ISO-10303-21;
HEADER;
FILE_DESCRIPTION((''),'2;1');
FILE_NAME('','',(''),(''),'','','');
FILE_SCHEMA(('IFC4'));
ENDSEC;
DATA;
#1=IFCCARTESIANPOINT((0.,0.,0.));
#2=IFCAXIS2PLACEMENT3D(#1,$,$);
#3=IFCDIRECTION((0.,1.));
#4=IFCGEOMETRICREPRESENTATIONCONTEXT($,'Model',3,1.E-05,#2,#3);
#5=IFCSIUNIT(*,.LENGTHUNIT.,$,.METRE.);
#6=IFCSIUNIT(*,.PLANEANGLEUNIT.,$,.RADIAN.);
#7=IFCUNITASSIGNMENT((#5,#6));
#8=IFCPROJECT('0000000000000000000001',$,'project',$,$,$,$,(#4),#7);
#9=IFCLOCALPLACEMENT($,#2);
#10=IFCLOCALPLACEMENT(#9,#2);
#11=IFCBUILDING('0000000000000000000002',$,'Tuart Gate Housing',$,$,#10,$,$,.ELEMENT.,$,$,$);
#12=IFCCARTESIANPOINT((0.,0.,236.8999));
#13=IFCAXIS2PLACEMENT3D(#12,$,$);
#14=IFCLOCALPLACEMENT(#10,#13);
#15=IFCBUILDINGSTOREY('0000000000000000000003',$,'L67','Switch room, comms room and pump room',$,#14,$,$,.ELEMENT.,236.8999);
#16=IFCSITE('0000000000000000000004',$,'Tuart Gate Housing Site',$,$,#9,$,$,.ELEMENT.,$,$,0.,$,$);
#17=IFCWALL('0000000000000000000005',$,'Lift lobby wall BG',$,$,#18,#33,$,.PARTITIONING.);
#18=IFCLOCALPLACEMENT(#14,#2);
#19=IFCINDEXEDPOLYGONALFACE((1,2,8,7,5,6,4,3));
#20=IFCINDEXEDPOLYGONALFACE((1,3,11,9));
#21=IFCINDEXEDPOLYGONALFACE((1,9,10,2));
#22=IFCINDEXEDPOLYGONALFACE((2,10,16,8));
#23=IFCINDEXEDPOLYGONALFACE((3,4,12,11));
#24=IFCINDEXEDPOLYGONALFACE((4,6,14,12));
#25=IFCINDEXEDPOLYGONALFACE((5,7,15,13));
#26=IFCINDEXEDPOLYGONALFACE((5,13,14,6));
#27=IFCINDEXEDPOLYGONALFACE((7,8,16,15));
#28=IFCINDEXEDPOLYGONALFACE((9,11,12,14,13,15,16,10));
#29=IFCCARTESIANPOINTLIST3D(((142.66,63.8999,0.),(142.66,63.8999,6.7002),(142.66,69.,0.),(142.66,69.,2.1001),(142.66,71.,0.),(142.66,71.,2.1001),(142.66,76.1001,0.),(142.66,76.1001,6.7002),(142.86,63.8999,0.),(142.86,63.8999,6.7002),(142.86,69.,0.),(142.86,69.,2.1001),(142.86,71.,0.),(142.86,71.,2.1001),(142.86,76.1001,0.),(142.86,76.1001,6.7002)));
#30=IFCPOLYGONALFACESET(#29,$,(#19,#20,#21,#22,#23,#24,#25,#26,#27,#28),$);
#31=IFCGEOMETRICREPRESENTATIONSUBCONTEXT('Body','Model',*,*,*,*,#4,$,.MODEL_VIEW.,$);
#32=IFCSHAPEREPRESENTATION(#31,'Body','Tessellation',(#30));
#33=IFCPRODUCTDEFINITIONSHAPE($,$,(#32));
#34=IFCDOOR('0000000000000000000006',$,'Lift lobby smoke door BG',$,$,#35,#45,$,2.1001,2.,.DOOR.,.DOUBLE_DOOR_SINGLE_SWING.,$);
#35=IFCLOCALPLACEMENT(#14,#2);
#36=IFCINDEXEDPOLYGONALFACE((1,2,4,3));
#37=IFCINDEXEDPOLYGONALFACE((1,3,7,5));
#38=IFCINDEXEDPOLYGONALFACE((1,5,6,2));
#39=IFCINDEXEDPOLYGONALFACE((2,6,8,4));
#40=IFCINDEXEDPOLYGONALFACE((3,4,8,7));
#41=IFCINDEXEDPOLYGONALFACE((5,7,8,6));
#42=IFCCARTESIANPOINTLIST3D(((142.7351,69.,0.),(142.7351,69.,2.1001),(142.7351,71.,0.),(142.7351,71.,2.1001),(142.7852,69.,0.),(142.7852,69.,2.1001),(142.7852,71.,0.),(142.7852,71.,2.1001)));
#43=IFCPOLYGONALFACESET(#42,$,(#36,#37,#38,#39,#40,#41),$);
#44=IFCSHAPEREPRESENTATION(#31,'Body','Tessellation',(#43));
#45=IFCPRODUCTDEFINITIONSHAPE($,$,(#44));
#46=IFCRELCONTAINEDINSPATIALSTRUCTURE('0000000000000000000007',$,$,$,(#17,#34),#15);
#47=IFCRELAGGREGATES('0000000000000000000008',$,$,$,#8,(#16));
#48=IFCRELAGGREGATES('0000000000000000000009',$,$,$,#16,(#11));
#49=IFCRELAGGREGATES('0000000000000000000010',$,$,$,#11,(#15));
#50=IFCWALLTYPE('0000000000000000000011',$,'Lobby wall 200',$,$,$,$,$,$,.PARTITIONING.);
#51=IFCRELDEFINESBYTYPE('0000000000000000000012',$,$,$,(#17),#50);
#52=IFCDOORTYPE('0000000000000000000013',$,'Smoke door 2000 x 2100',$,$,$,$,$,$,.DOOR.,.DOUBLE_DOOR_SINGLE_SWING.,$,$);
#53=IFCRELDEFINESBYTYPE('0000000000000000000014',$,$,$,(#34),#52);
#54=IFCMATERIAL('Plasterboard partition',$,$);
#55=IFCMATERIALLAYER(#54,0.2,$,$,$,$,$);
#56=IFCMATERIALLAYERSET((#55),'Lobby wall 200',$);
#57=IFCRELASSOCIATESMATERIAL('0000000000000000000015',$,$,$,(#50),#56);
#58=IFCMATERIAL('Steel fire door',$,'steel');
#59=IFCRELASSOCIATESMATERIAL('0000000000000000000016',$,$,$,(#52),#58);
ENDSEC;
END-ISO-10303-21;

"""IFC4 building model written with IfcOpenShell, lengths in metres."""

from ifc_helpers import new_model, si_unit, direction, frame, frame_2d, origin, place, context, subcontext, project, spatial, rectangle, extrude, material, layer, layer_set, type_object, element, fill, save


model = new_model("IFC4")

# Units and contexts
model_context = context("Model", 3, precision=1e-05, world=origin(), true_north=direction((0.0, 1.0)))
body_context = subcontext(model_context, "Body", "Model", "MODEL_VIEW")
ifc_project = project(units=[si_unit("LENGTHUNIT", "METRE"), si_unit("PLANEANGLEUNIT", "RADIAN")], contexts=[model_context])

# Site, building, storey
site_placement = place(None, origin())
site = spatial("IfcSite", under=ifc_project, at=site_placement, Name="Tuart Gate Housing Site", CompositionType="ELEMENT", RefElevation=0.0)
building_placement = place(site_placement, origin())
building = spatial("IfcBuilding", under=site, at=building_placement, Name="Tuart Gate Housing", CompositionType="ELEMENT")
storey_placement = place(building_placement, frame((0.0, 0.0, 236.8999)))
storey = spatial("IfcBuildingStorey", under=building, at=storey_placement, Name="L67", Description="Switch room, comms room and pump room", CompositionType="ELEMENT", Elevation=236.8999)

# Wall, opening, door
ifc_material_1 = material(Name="Plasterboard partition")
ifc_layer_1 = layer(ifc_material_1, 0.2)
ifc_layer_set_1 = layer_set([ifc_layer_1], Name="Lobby wall 200")
wall_type_1 = type_object("IfcWallType", Name="Lobby wall 200", PredefinedType="PARTITIONING", material=ifc_layer_set_1)
wall_1_placement = place(storey_placement, frame((142.76, 63.8999, 0.0), z_axis=(0.0, 0.0, 1.0), x_axis=(0.0, 1.0, 0.0)))
wall_1 = element("IfcWall", 1, at=wall_1_placement, inside=storey, type_object=wall_type_1, Name="Lift lobby wall BG", PredefinedType="PARTITIONING", context=body_context, shape_type="SweptSolid", body=[
    extrude(rectangle(XDim=12.2002, YDim=0.2, at=frame_2d((6.1001, 0.0))), origin(), (0.0, 0.0, 1.0), 6.7002),
])
opening_1_placement = place(wall_1_placement, frame((5.1001, 0.0, 0.0)))
opening_1 = element("IfcOpeningElement", 2, at=opening_1_placement, cuts=wall_1, PredefinedType="OPENING", context=body_context, shape_type="SweptSolid", body=[
    extrude(rectangle(XDim=2.0, YDim=2.1001, at=frame_2d((1.0, 1.05))), frame((0.0, 0.1099, 0.0), z_axis=(0.0, -1.0, 0.0), x_axis=(1.0, 0.0, 0.0)), (0.0, 0.0, 1.0), 0.22),
])
ifc_material_2 = material(Name="Steel fire door", Category="steel")
door_type_1 = type_object("IfcDoorType", Name="Smoke door 2000 x 2100", OperationType="DOUBLE_DOOR_SINGLE_SWING", PredefinedType="DOOR", material=ifc_material_2)
door_1_placement = place(opening_1_placement, origin())
door_1 = element("IfcDoor", 3, at=door_1_placement, inside=storey, type_object=door_type_1, Name="Lift lobby smoke door BG", OperationType="DOUBLE_DOOR_SINGLE_SWING", OverallHeight=2.1001, OverallWidth=2.0, PredefinedType="DOOR", context=body_context, shape_type="SweptSolid", body=[
    extrude(rectangle(XDim=2.0, YDim=2.1001, at=frame_2d((1.0, 1.05))), frame((0.0, 0.0249, 0.0), z_axis=(0.0, -1.0, 0.0), x_axis=(1.0, 0.0, 0.0)), (0.0, 0.0, 1.0), 0.05),
])
fill(opening_1, door_1)

save(model, "model.ifc")
